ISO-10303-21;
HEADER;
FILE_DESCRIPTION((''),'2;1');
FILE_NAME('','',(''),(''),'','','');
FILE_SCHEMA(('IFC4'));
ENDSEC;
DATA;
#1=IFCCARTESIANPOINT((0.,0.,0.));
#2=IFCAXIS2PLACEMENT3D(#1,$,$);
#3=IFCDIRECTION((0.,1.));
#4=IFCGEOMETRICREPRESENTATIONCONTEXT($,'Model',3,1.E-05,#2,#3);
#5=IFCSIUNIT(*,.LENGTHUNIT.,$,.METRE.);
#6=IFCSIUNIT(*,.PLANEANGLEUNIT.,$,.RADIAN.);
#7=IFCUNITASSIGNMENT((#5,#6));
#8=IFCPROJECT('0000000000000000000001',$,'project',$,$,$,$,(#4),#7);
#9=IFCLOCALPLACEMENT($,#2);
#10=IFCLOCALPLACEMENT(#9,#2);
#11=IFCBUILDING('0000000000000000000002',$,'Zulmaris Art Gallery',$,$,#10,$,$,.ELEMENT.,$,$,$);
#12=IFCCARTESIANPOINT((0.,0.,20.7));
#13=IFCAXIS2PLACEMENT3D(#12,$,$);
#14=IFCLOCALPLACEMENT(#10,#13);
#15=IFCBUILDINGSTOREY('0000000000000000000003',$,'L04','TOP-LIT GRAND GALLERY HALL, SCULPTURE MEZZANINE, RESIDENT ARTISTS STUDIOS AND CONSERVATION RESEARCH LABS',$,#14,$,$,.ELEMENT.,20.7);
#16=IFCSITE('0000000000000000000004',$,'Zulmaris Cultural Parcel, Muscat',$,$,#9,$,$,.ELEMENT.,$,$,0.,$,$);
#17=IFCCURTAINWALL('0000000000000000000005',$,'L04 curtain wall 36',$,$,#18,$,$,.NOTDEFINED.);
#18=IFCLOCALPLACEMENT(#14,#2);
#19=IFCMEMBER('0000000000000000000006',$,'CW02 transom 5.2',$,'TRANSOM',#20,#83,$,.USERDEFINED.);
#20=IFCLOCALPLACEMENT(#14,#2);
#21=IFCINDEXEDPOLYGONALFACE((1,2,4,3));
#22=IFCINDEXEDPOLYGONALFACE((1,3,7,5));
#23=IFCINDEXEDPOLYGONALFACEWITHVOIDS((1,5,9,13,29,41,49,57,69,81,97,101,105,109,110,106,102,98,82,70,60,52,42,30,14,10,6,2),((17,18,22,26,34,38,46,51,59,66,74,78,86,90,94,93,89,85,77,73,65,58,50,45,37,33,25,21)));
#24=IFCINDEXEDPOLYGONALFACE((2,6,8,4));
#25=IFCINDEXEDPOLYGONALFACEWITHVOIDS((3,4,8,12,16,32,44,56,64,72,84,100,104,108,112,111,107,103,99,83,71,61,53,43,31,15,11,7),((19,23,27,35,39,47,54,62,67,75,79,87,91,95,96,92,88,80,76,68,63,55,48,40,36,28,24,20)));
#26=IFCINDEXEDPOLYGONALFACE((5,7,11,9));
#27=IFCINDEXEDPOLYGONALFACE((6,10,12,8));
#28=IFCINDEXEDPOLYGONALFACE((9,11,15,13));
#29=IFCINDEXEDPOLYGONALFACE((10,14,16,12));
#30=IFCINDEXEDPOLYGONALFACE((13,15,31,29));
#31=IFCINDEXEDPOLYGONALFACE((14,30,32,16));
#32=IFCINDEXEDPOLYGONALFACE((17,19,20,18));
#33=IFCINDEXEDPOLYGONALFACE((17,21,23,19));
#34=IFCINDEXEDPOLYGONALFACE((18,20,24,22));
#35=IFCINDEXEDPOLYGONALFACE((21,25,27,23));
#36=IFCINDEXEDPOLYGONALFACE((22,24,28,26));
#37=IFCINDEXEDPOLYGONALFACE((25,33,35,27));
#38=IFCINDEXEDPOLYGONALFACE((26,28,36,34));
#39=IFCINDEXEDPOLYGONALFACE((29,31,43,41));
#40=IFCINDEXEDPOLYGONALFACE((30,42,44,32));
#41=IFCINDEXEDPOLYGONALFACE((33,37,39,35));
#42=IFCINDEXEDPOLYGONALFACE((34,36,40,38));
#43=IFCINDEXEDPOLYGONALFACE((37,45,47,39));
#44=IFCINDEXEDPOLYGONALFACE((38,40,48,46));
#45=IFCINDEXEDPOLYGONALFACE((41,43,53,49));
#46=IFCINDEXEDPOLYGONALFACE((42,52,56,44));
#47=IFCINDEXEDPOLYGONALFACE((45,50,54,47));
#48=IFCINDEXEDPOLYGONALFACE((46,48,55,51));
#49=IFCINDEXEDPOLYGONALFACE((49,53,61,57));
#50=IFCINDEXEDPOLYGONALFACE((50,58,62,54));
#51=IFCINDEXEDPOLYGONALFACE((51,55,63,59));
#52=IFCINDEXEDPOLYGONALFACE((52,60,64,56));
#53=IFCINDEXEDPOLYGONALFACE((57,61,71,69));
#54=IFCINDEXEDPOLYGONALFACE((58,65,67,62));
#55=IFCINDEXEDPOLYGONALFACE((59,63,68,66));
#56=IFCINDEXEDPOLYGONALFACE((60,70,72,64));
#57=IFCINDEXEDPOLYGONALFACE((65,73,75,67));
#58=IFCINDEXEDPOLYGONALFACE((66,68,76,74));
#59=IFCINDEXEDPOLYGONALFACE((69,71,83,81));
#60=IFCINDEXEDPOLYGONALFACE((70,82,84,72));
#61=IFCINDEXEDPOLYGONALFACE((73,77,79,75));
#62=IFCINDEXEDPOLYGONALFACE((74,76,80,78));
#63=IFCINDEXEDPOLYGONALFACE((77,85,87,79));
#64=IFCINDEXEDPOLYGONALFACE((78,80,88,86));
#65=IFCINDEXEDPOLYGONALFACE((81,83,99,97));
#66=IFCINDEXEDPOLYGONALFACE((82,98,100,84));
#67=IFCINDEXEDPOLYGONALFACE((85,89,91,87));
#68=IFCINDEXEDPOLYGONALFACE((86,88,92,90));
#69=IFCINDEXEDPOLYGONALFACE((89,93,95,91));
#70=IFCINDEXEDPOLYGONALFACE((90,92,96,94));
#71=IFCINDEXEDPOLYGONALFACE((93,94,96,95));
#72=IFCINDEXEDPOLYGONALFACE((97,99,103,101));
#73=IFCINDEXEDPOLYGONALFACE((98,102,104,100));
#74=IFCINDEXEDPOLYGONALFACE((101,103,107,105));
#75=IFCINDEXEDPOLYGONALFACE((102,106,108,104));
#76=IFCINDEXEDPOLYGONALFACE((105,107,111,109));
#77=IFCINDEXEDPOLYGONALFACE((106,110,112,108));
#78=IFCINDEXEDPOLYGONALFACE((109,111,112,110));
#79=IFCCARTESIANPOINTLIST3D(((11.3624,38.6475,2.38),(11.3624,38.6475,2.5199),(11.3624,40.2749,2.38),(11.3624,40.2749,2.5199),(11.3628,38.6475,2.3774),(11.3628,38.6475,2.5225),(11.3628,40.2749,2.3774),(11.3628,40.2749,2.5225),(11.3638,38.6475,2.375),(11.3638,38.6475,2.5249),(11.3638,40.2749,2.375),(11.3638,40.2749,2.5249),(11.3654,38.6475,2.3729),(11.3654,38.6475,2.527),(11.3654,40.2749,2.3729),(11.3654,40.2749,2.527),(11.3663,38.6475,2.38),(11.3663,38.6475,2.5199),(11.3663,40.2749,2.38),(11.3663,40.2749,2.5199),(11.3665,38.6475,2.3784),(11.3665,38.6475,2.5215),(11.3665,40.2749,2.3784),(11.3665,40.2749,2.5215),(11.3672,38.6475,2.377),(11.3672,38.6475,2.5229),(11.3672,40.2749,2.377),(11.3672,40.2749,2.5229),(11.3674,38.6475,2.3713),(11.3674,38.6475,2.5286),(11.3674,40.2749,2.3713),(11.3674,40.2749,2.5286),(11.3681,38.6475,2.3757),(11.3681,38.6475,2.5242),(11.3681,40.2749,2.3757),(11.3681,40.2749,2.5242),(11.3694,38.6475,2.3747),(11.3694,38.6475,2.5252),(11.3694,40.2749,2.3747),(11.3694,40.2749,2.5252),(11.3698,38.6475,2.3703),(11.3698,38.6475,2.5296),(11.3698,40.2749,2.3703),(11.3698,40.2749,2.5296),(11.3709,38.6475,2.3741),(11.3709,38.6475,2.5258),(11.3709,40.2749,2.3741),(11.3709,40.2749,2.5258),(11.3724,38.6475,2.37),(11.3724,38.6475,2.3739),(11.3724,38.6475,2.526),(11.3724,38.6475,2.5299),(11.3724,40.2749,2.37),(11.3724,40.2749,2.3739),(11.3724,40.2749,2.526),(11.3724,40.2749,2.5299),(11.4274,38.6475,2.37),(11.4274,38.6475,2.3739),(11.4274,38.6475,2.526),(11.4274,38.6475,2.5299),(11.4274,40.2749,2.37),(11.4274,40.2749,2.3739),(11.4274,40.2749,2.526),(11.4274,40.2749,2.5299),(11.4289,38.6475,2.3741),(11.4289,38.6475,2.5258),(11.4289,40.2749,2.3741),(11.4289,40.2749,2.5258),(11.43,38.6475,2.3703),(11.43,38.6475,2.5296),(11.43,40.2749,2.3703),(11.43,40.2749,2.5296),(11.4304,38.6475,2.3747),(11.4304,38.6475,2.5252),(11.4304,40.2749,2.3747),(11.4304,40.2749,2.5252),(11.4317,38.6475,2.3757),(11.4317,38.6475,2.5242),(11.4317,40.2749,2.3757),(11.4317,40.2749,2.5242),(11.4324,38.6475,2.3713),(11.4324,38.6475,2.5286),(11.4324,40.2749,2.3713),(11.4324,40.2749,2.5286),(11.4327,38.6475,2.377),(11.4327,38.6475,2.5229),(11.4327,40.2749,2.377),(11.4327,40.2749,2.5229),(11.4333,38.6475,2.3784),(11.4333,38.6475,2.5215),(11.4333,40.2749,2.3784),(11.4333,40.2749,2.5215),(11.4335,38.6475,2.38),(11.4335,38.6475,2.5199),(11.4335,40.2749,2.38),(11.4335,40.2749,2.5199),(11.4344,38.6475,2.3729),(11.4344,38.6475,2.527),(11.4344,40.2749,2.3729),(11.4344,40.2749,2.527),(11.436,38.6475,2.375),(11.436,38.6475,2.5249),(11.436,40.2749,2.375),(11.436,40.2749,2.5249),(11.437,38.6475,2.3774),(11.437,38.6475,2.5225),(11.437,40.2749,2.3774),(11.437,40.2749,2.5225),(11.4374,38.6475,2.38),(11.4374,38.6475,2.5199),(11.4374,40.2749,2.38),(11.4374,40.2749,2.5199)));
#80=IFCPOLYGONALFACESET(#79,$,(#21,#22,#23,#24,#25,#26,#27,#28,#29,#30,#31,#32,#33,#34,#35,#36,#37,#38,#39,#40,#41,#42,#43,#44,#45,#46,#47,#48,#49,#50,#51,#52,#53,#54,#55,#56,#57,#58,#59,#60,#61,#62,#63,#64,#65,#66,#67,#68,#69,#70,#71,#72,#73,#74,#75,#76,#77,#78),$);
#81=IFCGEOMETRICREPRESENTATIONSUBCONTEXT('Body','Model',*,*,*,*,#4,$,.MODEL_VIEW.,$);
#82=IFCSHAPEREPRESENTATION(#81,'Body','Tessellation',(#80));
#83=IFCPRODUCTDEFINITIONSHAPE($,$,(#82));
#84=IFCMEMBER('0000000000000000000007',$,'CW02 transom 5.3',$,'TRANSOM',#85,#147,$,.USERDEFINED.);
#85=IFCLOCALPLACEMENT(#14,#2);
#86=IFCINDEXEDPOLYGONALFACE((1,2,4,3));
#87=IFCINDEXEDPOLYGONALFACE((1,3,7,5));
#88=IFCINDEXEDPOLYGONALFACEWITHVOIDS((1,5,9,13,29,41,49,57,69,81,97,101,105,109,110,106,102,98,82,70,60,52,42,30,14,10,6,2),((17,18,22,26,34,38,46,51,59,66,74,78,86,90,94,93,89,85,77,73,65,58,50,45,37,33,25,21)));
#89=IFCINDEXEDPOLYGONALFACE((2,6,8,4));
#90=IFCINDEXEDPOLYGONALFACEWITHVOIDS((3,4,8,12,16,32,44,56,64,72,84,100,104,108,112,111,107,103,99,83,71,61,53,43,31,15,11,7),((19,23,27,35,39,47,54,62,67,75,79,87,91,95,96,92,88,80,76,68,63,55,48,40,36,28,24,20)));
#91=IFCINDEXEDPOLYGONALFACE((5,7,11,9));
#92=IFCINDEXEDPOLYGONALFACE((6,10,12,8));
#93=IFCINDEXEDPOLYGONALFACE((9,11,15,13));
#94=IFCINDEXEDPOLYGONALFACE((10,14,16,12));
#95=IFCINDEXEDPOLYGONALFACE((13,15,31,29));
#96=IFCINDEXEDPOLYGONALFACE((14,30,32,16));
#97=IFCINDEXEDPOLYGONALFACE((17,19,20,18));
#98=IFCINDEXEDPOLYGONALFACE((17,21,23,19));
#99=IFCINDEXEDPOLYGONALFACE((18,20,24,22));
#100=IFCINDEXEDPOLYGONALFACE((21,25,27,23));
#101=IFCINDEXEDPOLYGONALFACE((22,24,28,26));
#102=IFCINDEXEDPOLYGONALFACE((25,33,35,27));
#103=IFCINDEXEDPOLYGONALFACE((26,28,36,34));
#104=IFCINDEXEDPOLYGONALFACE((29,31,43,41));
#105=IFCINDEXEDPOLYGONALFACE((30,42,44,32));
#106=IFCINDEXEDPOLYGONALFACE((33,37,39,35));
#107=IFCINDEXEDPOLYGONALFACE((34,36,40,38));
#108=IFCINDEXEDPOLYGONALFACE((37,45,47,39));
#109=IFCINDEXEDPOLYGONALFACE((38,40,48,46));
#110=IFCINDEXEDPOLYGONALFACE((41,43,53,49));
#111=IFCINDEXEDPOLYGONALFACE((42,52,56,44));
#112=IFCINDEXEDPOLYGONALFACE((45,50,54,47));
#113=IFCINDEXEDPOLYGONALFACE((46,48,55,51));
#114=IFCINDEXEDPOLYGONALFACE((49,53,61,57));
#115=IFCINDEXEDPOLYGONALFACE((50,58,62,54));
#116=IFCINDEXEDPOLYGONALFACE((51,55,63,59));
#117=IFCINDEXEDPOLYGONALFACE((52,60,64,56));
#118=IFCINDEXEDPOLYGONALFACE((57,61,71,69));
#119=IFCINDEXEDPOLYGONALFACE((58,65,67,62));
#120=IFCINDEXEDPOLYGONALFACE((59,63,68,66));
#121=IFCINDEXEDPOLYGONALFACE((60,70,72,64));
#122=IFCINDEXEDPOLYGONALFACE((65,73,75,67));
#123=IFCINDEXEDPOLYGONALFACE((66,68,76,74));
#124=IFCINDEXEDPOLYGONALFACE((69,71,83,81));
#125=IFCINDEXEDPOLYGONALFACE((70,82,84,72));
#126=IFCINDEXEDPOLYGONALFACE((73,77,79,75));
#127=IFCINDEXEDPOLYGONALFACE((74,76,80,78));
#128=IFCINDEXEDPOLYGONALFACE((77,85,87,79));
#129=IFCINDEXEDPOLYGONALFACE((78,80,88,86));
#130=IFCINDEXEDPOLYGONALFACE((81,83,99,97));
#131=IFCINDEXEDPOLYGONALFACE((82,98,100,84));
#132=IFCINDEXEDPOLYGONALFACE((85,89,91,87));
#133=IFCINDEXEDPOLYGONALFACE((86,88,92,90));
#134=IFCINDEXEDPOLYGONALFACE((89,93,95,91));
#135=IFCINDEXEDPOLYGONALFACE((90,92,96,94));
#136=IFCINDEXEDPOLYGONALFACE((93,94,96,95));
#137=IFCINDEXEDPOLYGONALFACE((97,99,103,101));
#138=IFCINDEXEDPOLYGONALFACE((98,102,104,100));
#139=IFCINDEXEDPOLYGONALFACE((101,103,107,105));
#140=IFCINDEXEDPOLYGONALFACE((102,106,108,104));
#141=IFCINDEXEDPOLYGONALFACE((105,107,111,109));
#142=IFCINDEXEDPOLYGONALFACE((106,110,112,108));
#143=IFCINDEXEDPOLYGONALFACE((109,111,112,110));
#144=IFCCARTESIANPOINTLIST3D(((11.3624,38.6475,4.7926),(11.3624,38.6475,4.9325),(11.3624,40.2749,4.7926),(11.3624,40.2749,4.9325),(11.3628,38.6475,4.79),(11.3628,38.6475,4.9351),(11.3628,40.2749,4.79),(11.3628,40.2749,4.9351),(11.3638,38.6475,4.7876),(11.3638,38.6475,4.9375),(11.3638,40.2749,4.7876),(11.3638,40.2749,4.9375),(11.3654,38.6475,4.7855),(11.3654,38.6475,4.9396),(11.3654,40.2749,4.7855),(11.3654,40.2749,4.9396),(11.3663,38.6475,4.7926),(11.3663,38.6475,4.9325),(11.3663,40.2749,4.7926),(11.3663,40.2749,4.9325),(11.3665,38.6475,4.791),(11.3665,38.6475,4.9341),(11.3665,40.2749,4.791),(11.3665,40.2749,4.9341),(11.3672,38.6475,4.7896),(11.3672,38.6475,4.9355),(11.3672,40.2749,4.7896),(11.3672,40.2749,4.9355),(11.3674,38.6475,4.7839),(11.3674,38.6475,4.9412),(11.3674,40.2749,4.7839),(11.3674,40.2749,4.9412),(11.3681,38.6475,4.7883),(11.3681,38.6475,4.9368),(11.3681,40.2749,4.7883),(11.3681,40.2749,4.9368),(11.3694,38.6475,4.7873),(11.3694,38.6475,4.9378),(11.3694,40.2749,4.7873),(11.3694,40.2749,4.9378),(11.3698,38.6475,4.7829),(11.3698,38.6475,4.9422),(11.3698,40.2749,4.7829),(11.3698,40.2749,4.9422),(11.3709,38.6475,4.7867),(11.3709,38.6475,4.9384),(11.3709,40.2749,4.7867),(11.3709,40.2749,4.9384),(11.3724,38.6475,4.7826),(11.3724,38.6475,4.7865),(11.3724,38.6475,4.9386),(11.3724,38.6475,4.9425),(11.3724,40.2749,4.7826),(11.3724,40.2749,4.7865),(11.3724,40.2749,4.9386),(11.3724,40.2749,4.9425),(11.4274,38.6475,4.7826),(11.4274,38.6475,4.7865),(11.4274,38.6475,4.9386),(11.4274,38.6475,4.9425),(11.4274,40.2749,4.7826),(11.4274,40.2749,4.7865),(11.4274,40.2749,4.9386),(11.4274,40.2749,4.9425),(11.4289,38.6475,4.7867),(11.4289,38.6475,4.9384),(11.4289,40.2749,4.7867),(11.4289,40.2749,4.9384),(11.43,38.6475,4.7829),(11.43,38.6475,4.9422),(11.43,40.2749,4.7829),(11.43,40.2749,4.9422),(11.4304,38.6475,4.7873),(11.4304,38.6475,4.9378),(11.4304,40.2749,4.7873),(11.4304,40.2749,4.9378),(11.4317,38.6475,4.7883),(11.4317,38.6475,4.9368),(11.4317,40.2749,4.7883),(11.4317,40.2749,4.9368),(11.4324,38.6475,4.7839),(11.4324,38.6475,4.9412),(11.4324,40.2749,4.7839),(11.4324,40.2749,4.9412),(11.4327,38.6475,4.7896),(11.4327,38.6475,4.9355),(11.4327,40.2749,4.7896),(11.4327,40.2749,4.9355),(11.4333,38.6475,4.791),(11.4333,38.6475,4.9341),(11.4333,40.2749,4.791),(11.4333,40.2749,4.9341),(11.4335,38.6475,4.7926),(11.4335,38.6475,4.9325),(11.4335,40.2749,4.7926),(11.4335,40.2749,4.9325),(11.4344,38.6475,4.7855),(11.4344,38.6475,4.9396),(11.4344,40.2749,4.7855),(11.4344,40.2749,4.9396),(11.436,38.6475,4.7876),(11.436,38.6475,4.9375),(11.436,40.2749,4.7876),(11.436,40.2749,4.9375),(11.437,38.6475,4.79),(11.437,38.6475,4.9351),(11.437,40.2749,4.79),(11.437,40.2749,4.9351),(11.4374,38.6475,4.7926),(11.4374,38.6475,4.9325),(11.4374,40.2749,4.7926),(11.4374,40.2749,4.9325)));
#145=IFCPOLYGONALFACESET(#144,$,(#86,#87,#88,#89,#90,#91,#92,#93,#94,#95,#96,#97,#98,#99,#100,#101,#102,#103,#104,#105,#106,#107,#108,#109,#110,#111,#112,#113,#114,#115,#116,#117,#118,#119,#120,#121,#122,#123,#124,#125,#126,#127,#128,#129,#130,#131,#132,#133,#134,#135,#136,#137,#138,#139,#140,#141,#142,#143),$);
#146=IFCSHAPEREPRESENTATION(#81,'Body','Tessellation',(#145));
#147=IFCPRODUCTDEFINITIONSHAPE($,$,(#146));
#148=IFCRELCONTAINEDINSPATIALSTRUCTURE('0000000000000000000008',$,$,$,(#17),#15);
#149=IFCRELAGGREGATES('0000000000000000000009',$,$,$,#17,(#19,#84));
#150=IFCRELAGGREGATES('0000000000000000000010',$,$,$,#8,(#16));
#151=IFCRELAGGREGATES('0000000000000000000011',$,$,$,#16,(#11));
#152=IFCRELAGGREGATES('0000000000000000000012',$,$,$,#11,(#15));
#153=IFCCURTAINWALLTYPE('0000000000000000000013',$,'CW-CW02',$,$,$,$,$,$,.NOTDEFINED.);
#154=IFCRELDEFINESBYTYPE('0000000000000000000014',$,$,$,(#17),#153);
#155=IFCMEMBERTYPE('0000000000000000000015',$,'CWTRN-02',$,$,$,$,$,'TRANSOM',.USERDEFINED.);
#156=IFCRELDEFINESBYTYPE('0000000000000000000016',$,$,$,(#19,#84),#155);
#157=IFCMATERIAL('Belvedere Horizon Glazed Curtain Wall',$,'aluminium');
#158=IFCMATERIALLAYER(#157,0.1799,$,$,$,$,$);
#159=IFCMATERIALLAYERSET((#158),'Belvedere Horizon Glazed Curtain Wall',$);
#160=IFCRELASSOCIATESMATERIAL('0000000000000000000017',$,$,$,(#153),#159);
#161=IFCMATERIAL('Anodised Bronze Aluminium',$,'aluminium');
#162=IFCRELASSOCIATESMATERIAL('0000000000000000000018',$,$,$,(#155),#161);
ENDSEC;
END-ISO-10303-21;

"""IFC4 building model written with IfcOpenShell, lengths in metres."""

from ifc_helpers import new_model, si_unit, direction, frame, origin, origin_2d, place, context, subcontext, project, spatial, hollow_rectangle, extrude, material, layer, layer_set, material_profile, profile_set, type_object, element, aggregate, save


model = new_model("IFC4")

# Units and contexts
model_context = context("Model", 3, precision=1e-05, world=origin(), true_north=direction((0.0, 1.0)))
body_context = subcontext(model_context, "Body", "Model", "MODEL_VIEW")
ifc_project = project(units=[si_unit("LENGTHUNIT", "METRE"), si_unit("PLANEANGLEUNIT", "RADIAN")], contexts=[model_context])

# Site, building, storey
site_placement = place(None, origin())
site = spatial("IfcSite", under=ifc_project, at=site_placement, Name="Zulmaris Cultural Parcel, Muscat", CompositionType="ELEMENT", RefElevation=0.0)
building_placement = place(site_placement, origin())
building = spatial("IfcBuilding", under=site, at=building_placement, Name="Zulmaris Art Gallery", CompositionType="ELEMENT")
storey_placement = place(building_placement, frame((0.0, 0.0, 20.7)))
storey = spatial("IfcBuildingStorey", under=building, at=storey_placement, Name="L04", Description="TOP-LIT GRAND GALLERY HALL, SCULPTURE MEZZANINE, RESIDENT ARTISTS STUDIOS AND CONSERVATION RESEARCH LABS", CompositionType="ELEMENT", Elevation=20.7)

# Curtain wall
ifc_material_1 = material(Name="Belvedere Horizon Glazed Curtain Wall", Category="aluminium")
ifc_layer_1 = layer(ifc_material_1, 0.1799)
ifc_layer_set_1 = layer_set([ifc_layer_1], Name="Belvedere Horizon Glazed Curtain Wall")
curtain_wall_type = type_object("IfcCurtainWallType", Name="CW-CW02", PredefinedType="NOTDEFINED", material=ifc_layer_set_1)
curtain_wall_1_placement = place(storey_placement, origin())
curtain_wall_1 = element("IfcCurtainWall", 1, at=curtain_wall_1_placement, inside=storey, type_object=curtain_wall_type, Name="L04 curtain wall 36", PredefinedType="NOTDEFINED")
ifc_material_2 = material(Name="Anodised Bronze Aluminium", Category="aluminium")

# Members
ifc_material_profile_1 = material_profile(ifc_material_2, hollow_rectangle(XDim=0.075, YDim=0.1599, WallThickness=0.0039, InnerFilletRadius=0.0061, OuterFilletRadius=0.01, at=origin_2d()), Name="ALU 75x160x4")
ifc_profile_set_1 = profile_set([ifc_material_profile_1], Name="Anodised Bronze Aluminium")
member_type_1 = type_object("IfcMemberType", Name="CWTRN-02", ElementType="TRANSOM", PredefinedType="USERDEFINED", material=ifc_profile_set_1)
member_1_placement = place(storey_placement, frame((11.3999, 38.6475, 2.45), z_axis=(0.0, 1.0, 0.0), x_axis=(-1.0, 0.0, 0.0)))
member_1 = element("IfcMember", 2, at=member_1_placement, type_object=member_type_1, Name="CW02 transom 5.2", ObjectType="TRANSOM", PredefinedType="USERDEFINED", context=body_context, shape_type="SweptSolid", body=[
    extrude(hollow_rectangle(XDim=0.075, YDim=0.1599, WallThickness=0.0039, InnerFilletRadius=0.0061, OuterFilletRadius=0.01, at=origin_2d()), origin(), (0.0, 0.0, 1.0), 1.6274),
])
member_2_placement = place(storey_placement, frame((11.3999, 38.6475, 4.8625), z_axis=(0.0, 1.0, 0.0), x_axis=(-1.0, 0.0, 0.0)))
member_2 = element("IfcMember", 3, at=member_2_placement, type_object=member_type_1, Name="CW02 transom 5.3", ObjectType="TRANSOM", PredefinedType="USERDEFINED", context=body_context, shape_type="SweptSolid", body=[
    extrude(hollow_rectangle(XDim=0.075, YDim=0.1599, WallThickness=0.0039, InnerFilletRadius=0.0061, OuterFilletRadius=0.01, at=origin_2d()), origin(), (0.0, 0.0, 1.0), 1.6274),
])

aggregate(curtain_wall_1, [member_1, member_2])

save(model, "model.ifc")
